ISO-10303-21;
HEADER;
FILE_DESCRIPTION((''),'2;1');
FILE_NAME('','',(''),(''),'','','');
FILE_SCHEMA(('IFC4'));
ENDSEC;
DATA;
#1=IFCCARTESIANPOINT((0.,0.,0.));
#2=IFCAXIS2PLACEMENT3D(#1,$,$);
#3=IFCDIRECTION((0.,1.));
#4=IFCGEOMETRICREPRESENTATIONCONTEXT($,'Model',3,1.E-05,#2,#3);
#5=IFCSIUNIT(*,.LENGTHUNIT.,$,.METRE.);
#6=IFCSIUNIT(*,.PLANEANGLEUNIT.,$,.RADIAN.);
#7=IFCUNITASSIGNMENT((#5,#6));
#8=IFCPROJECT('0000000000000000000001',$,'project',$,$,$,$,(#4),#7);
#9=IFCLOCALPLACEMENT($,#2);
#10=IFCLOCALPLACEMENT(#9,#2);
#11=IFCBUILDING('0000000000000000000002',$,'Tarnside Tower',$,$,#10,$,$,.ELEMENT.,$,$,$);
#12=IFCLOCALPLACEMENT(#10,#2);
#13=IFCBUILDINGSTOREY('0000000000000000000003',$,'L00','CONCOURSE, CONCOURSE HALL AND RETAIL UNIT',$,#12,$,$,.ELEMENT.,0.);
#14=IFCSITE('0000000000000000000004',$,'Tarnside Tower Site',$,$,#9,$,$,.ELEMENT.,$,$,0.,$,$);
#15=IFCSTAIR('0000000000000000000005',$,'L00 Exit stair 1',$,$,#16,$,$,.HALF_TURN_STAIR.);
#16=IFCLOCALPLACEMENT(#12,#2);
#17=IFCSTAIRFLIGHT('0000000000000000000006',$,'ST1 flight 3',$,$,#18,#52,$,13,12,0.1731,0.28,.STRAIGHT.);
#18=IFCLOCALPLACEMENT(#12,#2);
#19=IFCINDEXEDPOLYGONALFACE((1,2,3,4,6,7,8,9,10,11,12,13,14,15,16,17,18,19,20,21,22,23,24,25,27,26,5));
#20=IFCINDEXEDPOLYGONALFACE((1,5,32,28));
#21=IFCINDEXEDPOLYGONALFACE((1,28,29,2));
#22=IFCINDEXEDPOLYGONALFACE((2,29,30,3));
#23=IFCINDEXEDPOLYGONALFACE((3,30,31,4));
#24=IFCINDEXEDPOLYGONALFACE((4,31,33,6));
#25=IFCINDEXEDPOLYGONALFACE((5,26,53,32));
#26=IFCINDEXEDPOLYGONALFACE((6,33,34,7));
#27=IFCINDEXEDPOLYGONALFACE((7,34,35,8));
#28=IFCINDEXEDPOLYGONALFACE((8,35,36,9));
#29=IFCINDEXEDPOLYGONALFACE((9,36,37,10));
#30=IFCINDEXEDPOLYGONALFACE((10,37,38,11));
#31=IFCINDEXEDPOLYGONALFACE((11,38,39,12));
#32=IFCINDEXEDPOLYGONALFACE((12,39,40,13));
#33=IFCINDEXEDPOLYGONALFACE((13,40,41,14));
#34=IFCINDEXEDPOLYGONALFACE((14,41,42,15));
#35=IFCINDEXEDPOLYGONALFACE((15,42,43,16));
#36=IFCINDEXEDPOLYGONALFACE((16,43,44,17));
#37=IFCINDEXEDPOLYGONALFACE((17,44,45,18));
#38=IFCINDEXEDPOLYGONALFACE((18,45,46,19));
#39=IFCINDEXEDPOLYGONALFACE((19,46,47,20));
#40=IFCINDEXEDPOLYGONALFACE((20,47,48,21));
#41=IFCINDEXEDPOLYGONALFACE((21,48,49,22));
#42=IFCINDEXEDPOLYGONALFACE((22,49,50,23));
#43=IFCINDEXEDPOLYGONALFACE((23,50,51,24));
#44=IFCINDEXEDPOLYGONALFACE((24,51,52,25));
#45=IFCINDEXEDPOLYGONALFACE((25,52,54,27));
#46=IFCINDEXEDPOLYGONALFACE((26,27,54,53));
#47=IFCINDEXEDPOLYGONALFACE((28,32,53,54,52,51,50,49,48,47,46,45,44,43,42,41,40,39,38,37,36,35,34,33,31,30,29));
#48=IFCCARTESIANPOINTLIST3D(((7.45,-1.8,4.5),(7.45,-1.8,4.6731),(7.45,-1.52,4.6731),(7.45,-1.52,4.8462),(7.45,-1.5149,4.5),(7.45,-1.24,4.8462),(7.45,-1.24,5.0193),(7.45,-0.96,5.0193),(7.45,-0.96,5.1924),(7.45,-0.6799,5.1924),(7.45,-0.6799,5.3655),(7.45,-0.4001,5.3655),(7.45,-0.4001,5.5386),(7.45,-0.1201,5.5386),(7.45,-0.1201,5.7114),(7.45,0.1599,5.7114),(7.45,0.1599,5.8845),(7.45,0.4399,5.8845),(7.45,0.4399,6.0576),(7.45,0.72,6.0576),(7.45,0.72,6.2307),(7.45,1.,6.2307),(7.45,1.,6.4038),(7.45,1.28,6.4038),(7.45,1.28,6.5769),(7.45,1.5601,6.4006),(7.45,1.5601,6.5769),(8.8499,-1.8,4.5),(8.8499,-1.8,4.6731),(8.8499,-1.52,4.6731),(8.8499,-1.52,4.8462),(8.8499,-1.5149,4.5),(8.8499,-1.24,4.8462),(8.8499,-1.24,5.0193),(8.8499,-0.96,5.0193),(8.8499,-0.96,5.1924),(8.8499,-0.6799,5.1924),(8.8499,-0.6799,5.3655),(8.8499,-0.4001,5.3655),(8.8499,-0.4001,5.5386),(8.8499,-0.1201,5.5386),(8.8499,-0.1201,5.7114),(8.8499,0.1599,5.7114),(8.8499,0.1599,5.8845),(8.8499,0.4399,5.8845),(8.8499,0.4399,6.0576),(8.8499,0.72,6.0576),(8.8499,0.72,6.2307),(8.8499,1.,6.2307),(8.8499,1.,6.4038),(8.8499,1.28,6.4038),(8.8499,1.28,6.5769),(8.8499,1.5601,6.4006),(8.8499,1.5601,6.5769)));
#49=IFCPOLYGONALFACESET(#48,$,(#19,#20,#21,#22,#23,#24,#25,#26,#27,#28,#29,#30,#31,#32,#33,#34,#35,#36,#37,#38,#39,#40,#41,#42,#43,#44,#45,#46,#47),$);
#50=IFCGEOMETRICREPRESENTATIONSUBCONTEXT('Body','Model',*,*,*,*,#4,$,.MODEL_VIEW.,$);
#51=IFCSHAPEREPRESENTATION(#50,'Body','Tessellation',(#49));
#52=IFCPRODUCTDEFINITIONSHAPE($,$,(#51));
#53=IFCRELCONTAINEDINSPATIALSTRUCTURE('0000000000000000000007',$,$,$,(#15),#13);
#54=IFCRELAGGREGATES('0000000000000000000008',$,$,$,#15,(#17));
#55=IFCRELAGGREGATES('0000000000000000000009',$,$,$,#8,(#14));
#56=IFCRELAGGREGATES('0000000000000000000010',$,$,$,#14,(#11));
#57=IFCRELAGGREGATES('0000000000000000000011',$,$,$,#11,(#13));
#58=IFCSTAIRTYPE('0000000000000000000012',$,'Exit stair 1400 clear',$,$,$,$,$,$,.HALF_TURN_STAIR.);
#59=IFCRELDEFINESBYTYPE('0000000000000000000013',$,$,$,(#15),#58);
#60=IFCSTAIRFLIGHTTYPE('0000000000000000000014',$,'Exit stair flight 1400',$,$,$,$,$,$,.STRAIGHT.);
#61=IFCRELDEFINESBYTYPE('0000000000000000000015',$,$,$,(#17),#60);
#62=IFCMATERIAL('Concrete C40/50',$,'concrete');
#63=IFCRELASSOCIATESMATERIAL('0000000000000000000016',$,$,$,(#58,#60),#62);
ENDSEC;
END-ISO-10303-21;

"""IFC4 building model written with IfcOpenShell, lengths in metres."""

from ifc_helpers import new_model, si_unit, direction, frame, origin, place, context, subcontext, project, spatial, polyline, outline, extrude, material, type_object, element, aggregate, save


model = new_model("IFC4")

# Units and contexts
model_context = context("Model", 3, precision=1e-05, world=origin(), true_north=direction((0.0, 1.0)))
body_context = subcontext(model_context, "Body", "Model", "MODEL_VIEW")
ifc_project = project(units=[si_unit("LENGTHUNIT", "METRE"), si_unit("PLANEANGLEUNIT", "RADIAN")], contexts=[model_context])

# Site, building, storey
site_placement = place(None, origin())
site = spatial("IfcSite", under=ifc_project, at=site_placement, Name="Tarnside Tower Site", CompositionType="ELEMENT", RefElevation=0.0)
building_placement = place(site_placement, origin())
building = spatial("IfcBuilding", under=site, at=building_placement, Name="Tarnside Tower", CompositionType="ELEMENT")
storey_placement = place(building_placement, origin())
storey = spatial("IfcBuildingStorey", under=building, at=storey_placement, Name="L00", Description="CONCOURSE, CONCOURSE HALL AND RETAIL UNIT", CompositionType="ELEMENT", Elevation=0.0)

# Shared definitions
ifc_material_1 = material(Name="Concrete C40/50", Category="concrete")

# Stair, stair flight
stair_type = type_object("IfcStairType", Name="Exit stair 1400 clear", PredefinedType="HALF_TURN_STAIR", material=ifc_material_1)
stair_placement = place(storey_placement, origin())
stair = element("IfcStair", 1, at=stair_placement, inside=storey, type_object=stair_type, Name="L00 Exit stair 1", PredefinedType="HALF_TURN_STAIR")
stair_flight_type = type_object("IfcStairFlightType", Name="Exit stair flight 1400", PredefinedType="STRAIGHT", material=ifc_material_1)
stair_flight_1_placement = place(storey_placement, frame((8.1499, -1.8, 4.5), z_axis=(0.0, 0.0, 1.0), x_axis=(0.0, 1.0, 0.0)))
stair_flight_1 = element("IfcStairFlight", 2, at=stair_flight_1_placement, type_object=stair_flight_type, Name="ST1 flight 3", NumberOfRisers=13, NumberOfTreads=12, PredefinedType="STRAIGHT", RiserHeight=0.1731, TreadLength=0.28, context=body_context, shape_type="SweptSolid", body=[
    extrude(outline(polyline([(0.0, 0.0), (0.0, 0.1731), (0.28, 0.1731), (0.28, 0.3462), (0.5601, 0.3462), (0.5601, 0.5193), (0.8401, 0.5193), (0.8401, 0.6924), (1.1201, 0.6924), (1.1201, 0.8655), (1.3999, 0.8655), (1.3999, 1.0386), (1.6799, 1.0386), (1.6799, 1.2114), (1.96, 1.2114), (1.96, 1.3845), (2.24, 1.3845), (2.24, 1.5576), (2.52, 1.5576), (2.52, 1.7307), (2.8, 1.7307), (2.8, 1.9038), (3.0801, 1.9038), (3.0801, 2.0769), (3.3601, 2.0769), (3.3601, 2.25), (3.3601, 1.9006), (0.2852, 0.0), (0.0, 0.0)])), frame((0.0, 0.7, 0.0), z_axis=(0.0, -1.0, 0.0), x_axis=(1.0, 0.0, 0.0)), (0.0, 0.0, 1.0), 1.3999),
])
aggregate(stair, [stair_flight_1])

save(model, "model.ifc")
